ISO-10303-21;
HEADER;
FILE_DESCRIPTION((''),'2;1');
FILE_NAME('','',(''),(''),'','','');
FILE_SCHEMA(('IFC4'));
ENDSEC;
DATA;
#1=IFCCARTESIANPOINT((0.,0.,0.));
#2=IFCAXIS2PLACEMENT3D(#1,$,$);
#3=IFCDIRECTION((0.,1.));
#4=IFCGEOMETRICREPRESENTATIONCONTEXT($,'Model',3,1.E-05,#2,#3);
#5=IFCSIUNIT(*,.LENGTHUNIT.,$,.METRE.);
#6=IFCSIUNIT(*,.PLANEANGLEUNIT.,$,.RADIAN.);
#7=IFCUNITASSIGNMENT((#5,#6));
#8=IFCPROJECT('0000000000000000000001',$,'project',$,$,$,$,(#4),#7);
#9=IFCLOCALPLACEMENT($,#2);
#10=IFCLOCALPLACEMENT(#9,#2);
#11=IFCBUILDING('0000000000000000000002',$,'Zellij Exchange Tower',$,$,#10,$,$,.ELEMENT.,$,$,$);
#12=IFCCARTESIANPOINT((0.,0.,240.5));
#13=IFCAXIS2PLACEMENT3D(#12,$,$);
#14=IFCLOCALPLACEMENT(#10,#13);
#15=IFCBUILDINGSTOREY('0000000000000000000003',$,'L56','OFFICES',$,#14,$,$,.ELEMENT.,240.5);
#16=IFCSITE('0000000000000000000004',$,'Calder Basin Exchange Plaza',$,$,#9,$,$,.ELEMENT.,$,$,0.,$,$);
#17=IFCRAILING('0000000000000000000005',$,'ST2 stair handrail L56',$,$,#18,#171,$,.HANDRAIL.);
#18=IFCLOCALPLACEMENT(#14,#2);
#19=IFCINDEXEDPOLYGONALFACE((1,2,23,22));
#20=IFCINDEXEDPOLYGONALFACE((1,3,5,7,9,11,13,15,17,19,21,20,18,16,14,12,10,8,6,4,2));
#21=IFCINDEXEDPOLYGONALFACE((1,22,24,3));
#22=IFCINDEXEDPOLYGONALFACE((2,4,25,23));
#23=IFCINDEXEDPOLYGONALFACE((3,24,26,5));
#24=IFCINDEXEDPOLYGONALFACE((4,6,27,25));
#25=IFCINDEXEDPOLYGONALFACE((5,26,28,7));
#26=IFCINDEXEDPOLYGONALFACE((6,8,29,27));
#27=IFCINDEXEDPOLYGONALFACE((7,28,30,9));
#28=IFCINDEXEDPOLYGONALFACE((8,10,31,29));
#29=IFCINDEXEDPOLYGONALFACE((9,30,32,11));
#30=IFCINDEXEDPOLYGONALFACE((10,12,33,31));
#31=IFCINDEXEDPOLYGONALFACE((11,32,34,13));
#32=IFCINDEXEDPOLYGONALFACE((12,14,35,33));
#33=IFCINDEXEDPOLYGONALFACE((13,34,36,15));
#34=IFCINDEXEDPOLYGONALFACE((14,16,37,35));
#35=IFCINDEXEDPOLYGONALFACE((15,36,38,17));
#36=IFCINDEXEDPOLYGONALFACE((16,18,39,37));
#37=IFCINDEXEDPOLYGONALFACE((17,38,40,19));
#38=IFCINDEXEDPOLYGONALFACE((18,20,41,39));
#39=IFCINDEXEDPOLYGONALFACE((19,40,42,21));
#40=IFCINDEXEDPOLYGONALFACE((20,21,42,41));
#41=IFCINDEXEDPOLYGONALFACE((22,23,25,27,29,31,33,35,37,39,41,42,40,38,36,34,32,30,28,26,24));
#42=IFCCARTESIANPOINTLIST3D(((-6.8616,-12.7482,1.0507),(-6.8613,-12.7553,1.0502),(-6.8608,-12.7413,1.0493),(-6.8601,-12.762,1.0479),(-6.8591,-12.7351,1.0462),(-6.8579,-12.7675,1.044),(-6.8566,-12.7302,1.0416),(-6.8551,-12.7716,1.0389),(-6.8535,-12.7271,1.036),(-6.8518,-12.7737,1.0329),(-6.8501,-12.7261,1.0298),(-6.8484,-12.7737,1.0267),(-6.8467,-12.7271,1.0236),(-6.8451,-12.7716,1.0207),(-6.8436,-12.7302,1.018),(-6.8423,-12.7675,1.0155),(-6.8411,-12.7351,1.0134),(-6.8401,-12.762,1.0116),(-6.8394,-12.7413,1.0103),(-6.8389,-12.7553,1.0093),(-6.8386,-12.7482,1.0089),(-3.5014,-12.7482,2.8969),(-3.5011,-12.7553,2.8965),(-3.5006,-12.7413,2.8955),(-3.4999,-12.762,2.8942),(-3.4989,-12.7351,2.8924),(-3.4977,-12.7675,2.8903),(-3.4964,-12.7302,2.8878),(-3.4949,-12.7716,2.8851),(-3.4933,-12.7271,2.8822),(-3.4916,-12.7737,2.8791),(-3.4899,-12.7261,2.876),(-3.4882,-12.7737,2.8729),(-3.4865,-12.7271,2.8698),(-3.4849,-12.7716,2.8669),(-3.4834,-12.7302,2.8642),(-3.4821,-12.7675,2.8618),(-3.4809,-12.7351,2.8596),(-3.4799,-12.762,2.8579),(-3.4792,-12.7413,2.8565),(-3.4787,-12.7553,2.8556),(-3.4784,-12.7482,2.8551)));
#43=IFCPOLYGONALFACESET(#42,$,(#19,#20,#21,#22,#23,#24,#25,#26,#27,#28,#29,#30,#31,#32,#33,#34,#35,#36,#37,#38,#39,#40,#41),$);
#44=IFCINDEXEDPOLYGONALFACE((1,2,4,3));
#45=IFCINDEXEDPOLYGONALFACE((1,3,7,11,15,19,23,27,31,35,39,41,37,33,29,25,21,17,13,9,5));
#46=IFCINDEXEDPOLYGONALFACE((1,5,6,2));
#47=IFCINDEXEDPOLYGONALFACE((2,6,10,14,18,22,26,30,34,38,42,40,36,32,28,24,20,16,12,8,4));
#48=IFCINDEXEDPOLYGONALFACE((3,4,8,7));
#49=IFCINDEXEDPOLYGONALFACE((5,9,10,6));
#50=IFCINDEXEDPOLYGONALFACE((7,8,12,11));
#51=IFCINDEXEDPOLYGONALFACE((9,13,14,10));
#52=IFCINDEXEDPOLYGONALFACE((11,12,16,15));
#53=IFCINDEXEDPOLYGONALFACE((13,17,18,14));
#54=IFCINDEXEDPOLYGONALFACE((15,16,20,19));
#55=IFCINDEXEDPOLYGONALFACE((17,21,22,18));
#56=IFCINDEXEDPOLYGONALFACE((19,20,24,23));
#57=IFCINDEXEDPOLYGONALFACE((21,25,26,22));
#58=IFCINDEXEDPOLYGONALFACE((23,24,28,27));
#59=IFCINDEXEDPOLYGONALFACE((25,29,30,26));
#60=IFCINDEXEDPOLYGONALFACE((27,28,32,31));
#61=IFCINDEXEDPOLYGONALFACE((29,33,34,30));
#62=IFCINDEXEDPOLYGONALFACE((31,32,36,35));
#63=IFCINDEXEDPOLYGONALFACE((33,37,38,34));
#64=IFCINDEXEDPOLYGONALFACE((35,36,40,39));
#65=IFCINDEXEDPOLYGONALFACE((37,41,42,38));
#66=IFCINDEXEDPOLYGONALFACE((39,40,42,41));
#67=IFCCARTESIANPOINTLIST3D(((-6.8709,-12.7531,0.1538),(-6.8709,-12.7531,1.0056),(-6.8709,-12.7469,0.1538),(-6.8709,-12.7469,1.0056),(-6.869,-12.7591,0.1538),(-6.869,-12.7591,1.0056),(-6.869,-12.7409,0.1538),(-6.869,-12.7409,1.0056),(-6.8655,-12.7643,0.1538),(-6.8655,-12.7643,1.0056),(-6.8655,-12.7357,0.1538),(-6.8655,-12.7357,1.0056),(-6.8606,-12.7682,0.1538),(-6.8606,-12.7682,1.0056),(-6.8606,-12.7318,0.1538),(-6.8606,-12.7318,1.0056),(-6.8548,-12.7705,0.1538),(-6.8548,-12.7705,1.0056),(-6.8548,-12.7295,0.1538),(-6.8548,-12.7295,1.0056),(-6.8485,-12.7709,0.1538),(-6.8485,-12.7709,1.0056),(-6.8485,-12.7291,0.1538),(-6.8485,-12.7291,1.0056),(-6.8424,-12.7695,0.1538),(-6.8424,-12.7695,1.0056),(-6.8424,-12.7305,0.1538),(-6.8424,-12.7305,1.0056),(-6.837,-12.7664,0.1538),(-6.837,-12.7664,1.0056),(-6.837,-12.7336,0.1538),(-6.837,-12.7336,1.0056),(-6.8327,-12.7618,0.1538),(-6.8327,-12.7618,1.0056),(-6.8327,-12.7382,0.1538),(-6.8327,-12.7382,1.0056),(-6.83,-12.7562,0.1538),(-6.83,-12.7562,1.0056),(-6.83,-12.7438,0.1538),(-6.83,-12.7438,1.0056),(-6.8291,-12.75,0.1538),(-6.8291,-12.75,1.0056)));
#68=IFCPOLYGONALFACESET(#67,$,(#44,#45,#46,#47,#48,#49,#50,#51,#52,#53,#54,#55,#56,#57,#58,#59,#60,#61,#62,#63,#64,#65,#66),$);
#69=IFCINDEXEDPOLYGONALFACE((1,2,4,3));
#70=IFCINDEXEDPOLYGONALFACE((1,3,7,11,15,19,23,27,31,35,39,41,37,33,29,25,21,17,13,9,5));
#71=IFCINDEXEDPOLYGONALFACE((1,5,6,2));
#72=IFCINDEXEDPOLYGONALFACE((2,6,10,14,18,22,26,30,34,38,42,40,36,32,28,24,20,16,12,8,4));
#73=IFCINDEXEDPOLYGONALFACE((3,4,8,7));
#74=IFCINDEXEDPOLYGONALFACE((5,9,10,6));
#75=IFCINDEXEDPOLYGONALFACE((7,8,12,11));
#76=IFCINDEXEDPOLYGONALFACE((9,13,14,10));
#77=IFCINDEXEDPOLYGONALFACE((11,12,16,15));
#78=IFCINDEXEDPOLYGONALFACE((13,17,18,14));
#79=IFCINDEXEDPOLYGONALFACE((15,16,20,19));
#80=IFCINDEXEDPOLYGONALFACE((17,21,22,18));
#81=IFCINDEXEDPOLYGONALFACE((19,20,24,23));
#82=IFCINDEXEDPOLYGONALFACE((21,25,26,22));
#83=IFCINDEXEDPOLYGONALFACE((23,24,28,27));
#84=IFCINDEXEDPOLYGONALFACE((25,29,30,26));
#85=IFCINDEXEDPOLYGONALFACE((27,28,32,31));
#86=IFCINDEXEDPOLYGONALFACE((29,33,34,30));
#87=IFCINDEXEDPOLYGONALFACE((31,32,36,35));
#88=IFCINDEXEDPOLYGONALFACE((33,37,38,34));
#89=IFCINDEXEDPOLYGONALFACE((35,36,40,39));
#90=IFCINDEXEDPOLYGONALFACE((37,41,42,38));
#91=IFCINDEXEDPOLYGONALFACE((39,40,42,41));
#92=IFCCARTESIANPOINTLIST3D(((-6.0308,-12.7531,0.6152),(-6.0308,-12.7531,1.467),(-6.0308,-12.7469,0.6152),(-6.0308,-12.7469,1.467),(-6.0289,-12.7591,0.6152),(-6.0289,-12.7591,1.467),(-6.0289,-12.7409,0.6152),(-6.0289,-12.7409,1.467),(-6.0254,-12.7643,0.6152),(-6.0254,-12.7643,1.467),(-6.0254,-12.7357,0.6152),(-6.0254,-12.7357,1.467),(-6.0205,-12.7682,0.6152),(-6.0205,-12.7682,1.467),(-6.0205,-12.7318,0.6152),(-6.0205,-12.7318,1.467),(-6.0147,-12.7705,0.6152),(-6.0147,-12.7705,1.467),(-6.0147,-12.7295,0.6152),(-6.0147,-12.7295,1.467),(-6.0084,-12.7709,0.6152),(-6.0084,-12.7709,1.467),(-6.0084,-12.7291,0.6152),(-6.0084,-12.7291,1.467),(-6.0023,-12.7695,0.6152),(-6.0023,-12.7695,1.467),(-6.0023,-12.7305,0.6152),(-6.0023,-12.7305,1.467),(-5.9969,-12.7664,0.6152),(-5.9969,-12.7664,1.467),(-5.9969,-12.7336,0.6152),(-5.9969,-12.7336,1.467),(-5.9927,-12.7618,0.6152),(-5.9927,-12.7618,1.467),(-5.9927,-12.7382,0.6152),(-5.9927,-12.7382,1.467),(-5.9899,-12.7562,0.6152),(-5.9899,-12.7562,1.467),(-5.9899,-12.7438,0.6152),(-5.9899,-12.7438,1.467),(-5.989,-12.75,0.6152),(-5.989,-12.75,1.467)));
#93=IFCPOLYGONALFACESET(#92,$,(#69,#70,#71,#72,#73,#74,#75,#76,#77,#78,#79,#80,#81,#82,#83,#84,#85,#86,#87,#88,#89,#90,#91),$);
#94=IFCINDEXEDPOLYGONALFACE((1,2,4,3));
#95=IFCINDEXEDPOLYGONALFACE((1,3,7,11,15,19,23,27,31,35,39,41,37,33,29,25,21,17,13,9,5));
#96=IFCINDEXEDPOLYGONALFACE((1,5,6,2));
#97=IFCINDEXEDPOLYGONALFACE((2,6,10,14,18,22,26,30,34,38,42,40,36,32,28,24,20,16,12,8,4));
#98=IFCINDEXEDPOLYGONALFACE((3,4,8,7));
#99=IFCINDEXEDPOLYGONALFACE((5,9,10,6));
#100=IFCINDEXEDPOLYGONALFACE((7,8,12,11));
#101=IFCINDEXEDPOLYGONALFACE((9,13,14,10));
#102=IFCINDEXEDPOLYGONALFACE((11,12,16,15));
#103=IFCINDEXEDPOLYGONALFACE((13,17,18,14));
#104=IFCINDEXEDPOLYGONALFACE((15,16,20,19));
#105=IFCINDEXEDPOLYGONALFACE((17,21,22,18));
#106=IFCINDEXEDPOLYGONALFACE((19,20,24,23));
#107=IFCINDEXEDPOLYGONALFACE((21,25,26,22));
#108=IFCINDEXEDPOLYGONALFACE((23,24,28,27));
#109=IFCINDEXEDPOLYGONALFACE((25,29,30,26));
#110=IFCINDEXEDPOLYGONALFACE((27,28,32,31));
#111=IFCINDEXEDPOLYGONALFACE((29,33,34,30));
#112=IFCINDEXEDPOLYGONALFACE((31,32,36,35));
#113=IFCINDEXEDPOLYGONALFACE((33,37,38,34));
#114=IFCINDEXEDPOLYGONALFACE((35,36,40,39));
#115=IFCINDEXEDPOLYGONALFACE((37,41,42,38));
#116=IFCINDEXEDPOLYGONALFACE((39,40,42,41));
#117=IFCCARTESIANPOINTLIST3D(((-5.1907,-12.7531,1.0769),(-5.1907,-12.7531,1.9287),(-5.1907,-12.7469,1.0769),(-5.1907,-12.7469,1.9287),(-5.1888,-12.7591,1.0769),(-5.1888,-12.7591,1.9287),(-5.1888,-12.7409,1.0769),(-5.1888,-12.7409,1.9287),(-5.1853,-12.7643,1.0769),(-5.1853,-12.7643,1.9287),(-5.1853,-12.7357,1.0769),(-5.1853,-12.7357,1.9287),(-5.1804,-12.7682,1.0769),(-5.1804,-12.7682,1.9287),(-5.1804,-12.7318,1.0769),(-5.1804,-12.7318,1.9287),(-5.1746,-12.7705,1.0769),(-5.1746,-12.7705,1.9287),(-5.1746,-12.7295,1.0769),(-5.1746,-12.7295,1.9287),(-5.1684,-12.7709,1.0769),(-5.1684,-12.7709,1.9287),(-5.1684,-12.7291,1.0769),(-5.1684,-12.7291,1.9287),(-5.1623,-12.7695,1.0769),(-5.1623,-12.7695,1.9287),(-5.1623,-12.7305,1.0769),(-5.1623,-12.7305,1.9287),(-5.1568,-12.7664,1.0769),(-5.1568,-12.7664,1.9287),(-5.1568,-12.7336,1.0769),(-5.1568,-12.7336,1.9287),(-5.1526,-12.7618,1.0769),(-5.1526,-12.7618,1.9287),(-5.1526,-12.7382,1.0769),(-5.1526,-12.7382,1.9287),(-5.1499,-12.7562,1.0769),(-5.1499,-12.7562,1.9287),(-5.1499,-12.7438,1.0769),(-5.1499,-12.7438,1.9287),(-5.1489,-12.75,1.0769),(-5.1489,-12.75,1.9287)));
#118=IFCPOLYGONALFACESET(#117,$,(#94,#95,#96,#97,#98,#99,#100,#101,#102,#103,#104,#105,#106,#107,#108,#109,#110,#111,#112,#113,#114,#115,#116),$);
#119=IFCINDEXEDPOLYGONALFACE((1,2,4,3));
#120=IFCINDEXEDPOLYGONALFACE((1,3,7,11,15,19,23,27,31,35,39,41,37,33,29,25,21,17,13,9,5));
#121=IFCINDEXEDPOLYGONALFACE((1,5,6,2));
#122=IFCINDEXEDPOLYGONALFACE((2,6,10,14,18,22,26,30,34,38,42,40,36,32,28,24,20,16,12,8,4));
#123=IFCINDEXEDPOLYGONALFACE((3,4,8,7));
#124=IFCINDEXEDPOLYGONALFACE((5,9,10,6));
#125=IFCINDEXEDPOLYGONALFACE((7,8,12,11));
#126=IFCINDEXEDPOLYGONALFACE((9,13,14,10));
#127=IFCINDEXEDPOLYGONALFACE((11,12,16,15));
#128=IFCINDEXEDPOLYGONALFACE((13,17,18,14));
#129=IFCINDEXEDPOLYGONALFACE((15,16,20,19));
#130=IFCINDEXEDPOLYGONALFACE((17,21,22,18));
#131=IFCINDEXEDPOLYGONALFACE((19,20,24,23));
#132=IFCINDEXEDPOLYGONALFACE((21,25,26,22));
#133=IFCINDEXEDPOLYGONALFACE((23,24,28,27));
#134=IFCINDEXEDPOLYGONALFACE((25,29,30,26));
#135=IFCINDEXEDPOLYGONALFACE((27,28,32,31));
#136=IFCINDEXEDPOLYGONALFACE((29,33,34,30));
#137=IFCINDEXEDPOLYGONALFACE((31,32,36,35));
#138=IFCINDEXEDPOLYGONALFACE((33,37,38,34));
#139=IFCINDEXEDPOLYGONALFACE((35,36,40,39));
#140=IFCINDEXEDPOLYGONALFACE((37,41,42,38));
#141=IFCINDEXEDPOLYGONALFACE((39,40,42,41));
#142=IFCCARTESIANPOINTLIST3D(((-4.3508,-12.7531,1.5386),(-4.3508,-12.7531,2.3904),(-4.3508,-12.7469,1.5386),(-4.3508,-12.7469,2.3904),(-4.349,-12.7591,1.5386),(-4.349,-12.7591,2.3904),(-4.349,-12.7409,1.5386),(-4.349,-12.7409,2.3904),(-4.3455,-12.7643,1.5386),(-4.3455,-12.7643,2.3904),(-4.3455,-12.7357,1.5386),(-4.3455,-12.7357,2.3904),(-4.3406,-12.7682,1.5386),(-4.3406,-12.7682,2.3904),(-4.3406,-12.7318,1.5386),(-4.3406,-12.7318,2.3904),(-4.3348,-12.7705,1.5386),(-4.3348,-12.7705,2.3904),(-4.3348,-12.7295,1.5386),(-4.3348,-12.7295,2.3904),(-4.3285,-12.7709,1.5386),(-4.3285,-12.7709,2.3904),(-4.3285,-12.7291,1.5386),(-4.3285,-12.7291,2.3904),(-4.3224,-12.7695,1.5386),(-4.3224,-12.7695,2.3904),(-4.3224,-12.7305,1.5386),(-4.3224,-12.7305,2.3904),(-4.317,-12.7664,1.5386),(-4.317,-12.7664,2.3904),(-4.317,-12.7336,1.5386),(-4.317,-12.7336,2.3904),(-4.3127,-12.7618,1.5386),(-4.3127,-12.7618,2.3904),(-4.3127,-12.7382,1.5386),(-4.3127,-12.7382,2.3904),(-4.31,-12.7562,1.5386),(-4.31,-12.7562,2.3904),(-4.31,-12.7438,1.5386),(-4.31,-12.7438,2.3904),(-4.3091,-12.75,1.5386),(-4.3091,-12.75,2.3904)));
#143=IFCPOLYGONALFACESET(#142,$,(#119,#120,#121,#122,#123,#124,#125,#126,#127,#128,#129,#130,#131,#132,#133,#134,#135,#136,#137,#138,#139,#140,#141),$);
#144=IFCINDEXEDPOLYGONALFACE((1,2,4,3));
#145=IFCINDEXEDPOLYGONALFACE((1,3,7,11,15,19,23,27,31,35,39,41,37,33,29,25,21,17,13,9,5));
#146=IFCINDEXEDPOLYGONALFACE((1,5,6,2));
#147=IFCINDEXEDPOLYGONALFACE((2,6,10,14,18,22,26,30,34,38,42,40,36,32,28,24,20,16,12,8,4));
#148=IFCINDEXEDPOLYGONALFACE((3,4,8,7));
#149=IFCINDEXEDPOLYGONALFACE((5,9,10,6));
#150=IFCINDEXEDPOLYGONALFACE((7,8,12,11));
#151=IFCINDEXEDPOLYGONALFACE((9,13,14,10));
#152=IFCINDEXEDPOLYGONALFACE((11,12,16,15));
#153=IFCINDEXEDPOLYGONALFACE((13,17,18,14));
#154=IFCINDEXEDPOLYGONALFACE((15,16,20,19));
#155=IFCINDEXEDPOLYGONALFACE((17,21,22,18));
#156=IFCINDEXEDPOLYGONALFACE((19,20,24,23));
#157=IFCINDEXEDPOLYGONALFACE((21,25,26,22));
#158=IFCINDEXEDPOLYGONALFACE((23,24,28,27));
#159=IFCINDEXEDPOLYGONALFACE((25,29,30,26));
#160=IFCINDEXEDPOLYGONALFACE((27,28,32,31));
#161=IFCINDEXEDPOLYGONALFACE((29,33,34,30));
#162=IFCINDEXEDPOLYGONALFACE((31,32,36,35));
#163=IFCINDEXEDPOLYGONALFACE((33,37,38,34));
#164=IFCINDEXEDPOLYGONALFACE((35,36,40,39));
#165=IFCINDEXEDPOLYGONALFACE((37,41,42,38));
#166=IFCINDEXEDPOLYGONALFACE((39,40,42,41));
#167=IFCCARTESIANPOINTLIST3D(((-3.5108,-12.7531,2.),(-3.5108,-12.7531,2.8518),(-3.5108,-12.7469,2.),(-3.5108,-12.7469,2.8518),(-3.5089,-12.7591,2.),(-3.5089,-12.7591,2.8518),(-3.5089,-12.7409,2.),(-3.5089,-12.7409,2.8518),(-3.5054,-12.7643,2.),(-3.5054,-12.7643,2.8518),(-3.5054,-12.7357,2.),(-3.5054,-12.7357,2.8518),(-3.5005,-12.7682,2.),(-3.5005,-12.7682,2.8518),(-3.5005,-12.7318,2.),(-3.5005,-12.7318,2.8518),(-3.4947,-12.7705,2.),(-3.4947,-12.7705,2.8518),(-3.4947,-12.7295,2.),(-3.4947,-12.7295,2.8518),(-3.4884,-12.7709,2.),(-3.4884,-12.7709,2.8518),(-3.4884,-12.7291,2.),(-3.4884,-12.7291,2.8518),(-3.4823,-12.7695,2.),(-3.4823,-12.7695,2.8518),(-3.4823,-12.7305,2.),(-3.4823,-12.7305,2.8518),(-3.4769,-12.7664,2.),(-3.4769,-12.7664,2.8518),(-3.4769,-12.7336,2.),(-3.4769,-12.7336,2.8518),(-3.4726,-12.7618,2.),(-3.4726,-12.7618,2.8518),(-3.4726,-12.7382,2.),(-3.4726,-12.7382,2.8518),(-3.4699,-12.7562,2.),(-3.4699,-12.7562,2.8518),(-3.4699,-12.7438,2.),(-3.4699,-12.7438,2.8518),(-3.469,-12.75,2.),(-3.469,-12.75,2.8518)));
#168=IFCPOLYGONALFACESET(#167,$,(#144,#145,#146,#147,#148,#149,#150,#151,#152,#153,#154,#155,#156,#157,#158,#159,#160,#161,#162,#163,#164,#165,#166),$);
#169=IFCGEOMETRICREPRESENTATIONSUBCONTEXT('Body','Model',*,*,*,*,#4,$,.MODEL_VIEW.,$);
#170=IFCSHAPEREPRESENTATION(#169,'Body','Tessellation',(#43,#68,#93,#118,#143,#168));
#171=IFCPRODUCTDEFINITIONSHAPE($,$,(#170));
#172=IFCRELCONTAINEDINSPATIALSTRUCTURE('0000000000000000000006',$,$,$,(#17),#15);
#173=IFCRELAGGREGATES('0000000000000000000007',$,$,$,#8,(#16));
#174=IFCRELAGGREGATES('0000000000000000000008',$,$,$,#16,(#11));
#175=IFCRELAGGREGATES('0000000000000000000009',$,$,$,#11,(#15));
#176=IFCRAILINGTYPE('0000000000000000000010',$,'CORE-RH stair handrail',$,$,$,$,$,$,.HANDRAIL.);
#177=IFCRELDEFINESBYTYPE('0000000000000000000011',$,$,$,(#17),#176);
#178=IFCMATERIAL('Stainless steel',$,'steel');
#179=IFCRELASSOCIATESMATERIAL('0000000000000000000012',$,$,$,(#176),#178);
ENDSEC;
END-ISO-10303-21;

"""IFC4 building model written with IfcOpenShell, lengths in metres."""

from ifc_helpers import new_model, si_unit, direction, frame, origin, origin_2d, place, context, subcontext, project, spatial, circle, extrude, material, type_object, element, save


model = new_model("IFC4")

# Units and contexts
model_context = context("Model", 3, precision=1e-05, world=origin(), true_north=direction((0.0, 1.0)))
body_context = subcontext(model_context, "Body", "Model", "MODEL_VIEW")
ifc_project = project(units=[si_unit("LENGTHUNIT", "METRE"), si_unit("PLANEANGLEUNIT", "RADIAN")], contexts=[model_context])

# Site, building, storey
site_placement = place(None, origin())
site = spatial("IfcSite", under=ifc_project, at=site_placement, Name="Calder Basin Exchange Plaza", CompositionType="ELEMENT", RefElevation=0.0)
building_placement = place(site_placement, origin())
building = spatial("IfcBuilding", under=site, at=building_placement, Name="Zellij Exchange Tower", CompositionType="ELEMENT")
storey_placement = place(building_placement, frame((0.0, 0.0, 240.5)))
storey = spatial("IfcBuildingStorey", under=building, at=storey_placement, Name="L56", Description="OFFICES", CompositionType="ELEMENT", Elevation=240.5)

# Railing
ifc_material_1 = material(Name="Stainless steel", Category="steel")
railing_type_1 = type_object("IfcRailingType", Name="CORE-RH stair handrail", PredefinedType="HANDRAIL", material=ifc_material_1)
railing_1_placement = place(storey_placement, frame((-6.8501, -12.75, 0.1538)))
element("IfcRailing", 1, at=railing_1_placement, inside=storey, type_object=railing_type_1, Name="ST2 stair handrail L56", PredefinedType="HANDRAIL", context=body_context, shape_type="SweptSolid", body=[
    extrude(circle(Radius=0.0239, at=origin_2d()), frame((0.0, 0.0, 0.876), z_axis=(0.876422, 0.0, 0.481545), x_axis=(0.0, 1.0, 0.0)), (0.0, 0.0, 1.0), 3.834),
    extrude(circle(Radius=0.021, at=origin_2d()), origin(), (0.0, 0.0, 1.0), 0.8518),
    extrude(circle(Radius=0.021, at=origin_2d()), frame((0.8401, 0.0, 0.4614)), (0.0, 0.0, 1.0), 0.8518),
    extrude(circle(Radius=0.021, at=origin_2d()), frame((1.6802, 0.0, 0.9231)), (0.0, 0.0, 1.0), 0.8518),
    extrude(circle(Radius=0.021, at=origin_2d()), frame((2.52, 0.0, 1.3848)), (0.0, 0.0, 1.0), 0.8518),
    extrude(circle(Radius=0.021, at=origin_2d()), frame((3.3601, 0.0, 1.8462)), (0.0, 0.0, 1.0), 0.8518),
])

save(model, "model.ifc")
